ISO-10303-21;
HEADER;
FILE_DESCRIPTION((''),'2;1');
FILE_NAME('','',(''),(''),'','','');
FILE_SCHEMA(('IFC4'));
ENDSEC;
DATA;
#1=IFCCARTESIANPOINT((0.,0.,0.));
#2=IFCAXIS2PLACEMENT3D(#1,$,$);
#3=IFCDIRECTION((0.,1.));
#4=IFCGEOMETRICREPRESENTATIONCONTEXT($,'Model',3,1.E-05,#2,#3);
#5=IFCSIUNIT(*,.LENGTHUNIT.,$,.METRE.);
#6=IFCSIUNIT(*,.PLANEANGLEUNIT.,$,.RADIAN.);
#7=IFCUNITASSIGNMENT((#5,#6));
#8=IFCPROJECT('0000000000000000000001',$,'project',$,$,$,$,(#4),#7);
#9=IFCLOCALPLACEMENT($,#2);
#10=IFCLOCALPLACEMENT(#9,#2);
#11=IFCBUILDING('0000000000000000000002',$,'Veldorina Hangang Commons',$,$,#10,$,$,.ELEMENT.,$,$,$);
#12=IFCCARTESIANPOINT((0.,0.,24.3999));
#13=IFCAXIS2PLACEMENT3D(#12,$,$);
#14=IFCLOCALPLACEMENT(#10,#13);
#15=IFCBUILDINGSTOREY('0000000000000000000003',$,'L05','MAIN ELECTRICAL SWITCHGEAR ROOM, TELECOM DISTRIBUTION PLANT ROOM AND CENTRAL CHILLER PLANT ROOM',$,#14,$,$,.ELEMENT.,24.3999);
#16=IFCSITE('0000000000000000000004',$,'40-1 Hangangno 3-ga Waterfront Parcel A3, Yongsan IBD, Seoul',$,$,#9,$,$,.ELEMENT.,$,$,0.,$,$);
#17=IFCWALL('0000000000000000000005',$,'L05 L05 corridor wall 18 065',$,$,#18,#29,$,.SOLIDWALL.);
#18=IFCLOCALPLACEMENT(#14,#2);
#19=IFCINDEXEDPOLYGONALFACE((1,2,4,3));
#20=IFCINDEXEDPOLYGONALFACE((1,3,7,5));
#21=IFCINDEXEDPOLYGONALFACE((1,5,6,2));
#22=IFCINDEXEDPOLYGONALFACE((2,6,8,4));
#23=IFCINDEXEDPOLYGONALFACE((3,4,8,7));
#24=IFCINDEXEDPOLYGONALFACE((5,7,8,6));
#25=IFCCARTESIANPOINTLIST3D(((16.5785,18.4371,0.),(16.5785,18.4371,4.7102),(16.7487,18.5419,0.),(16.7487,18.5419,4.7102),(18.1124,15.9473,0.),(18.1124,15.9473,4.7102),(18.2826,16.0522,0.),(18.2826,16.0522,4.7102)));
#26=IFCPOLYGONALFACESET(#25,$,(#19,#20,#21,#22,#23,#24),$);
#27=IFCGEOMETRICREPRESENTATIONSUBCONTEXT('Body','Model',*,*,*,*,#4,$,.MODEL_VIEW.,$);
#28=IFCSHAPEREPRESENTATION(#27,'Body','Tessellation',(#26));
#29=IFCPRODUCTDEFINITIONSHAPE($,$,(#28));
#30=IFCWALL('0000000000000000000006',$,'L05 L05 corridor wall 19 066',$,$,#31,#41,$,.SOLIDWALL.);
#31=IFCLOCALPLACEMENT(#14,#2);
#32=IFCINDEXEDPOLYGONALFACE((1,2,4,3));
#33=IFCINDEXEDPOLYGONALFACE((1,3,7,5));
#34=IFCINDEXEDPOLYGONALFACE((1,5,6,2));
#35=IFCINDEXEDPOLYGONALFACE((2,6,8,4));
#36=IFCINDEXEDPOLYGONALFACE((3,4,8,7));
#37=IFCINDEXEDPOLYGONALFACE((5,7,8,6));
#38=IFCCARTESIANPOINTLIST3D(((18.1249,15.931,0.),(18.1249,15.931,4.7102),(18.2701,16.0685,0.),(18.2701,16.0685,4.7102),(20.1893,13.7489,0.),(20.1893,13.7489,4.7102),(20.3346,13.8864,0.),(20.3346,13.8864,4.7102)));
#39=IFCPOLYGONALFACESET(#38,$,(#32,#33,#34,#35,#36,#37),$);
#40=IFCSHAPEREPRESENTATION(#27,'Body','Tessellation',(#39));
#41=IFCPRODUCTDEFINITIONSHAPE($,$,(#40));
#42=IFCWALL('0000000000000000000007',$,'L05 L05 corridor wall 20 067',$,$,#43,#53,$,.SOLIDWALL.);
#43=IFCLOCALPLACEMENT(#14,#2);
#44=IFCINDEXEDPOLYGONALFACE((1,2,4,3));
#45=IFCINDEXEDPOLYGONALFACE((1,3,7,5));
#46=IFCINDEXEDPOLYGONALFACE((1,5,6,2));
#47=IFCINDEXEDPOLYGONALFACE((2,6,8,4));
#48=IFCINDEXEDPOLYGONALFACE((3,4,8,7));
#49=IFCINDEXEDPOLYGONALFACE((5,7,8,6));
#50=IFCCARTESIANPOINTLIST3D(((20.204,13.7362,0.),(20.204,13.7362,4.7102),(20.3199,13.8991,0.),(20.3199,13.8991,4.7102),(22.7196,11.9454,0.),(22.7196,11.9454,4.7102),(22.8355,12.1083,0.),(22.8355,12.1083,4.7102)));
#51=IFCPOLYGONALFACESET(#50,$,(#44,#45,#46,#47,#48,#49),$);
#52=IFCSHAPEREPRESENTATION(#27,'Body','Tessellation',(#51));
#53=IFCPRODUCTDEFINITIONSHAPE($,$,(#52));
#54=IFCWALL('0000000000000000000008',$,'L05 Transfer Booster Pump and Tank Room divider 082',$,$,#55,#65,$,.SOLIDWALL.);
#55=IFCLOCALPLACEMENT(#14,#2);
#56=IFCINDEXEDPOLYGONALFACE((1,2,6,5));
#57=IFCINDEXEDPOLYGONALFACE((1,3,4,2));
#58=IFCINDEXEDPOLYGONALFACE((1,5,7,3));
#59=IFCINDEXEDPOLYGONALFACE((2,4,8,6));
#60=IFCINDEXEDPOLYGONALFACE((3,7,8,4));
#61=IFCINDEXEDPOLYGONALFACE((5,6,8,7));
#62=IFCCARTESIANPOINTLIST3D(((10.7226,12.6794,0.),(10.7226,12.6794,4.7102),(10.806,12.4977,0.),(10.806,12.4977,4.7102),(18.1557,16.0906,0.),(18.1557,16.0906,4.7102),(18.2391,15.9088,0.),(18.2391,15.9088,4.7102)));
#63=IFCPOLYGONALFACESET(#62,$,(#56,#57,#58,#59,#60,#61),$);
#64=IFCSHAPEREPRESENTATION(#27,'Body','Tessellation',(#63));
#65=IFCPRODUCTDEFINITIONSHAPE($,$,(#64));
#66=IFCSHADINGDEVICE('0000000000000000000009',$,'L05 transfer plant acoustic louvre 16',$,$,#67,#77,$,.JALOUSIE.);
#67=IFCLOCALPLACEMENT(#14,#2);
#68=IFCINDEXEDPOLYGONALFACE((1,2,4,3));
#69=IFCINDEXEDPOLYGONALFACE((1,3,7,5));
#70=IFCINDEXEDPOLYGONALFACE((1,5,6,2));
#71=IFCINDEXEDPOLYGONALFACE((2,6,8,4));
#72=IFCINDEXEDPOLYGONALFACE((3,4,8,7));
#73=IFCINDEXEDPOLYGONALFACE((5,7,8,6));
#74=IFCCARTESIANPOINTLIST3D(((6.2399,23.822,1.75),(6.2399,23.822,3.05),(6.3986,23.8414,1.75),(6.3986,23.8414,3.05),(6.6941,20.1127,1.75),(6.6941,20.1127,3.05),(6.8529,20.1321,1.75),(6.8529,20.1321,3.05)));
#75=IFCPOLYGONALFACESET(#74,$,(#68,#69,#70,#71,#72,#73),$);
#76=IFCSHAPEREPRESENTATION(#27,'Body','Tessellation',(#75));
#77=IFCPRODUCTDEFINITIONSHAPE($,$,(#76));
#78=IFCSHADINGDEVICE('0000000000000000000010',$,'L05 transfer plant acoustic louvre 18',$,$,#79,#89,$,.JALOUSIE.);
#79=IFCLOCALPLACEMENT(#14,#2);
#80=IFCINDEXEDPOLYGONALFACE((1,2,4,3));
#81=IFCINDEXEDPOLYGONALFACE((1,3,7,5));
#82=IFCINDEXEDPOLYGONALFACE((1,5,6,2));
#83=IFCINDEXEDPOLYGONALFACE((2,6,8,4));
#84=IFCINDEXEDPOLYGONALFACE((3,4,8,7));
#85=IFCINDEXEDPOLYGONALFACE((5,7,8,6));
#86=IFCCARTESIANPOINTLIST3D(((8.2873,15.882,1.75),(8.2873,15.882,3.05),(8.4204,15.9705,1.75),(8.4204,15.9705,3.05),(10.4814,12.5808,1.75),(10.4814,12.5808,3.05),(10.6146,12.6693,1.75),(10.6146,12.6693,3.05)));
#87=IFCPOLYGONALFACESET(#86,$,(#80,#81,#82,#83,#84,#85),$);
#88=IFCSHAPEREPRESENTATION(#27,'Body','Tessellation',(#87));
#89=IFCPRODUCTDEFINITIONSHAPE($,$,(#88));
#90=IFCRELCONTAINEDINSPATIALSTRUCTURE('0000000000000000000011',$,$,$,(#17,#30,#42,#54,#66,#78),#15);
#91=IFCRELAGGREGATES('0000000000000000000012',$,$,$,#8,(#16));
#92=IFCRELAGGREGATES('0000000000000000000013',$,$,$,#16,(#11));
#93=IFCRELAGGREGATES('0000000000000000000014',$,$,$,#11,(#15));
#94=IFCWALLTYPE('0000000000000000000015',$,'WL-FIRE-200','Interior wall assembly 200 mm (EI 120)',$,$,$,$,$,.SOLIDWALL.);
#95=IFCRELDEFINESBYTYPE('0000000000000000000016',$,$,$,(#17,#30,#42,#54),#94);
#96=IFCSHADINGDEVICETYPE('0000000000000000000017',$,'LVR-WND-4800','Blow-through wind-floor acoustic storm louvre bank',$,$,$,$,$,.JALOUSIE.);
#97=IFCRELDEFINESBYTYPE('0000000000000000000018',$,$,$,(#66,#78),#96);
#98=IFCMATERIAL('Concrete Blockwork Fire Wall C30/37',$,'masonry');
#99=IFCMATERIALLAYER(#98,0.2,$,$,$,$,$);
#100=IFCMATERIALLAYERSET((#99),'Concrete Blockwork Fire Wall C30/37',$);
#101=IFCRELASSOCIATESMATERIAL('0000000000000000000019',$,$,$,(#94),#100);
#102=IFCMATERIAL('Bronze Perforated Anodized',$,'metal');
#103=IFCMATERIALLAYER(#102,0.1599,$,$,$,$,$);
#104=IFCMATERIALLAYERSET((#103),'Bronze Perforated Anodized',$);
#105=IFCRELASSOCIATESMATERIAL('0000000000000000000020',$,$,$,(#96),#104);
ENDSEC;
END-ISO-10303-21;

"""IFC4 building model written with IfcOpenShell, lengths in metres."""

from ifc_helpers import new_model, si_unit, direction, frame, frame_2d, origin, origin_2d, place, context, subcontext, project, spatial, rectangle, extrude, material, layer, layer_set, type_object, element, save


model = new_model("IFC4")

# Units and contexts
model_context = context("Model", 3, precision=1e-05, world=origin(), true_north=direction((0.0, 1.0)))
body_context = subcontext(model_context, "Body", "Model", "MODEL_VIEW")
ifc_project = project(units=[si_unit("LENGTHUNIT", "METRE"), si_unit("PLANEANGLEUNIT", "RADIAN")], contexts=[model_context])

# Site, building, storey
site_placement = place(None, origin())
site = spatial("IfcSite", under=ifc_project, at=site_placement, Name="40-1 Hangangno 3-ga Waterfront Parcel A3, Yongsan IBD, Seoul", CompositionType="ELEMENT", RefElevation=0.0)
building_placement = place(site_placement, origin())
building = spatial("IfcBuilding", under=site, at=building_placement, Name="Veldorina Hangang Commons", CompositionType="ELEMENT")
storey_placement = place(building_placement, frame((0.0, 0.0, 24.3999)))
storey = spatial("IfcBuildingStorey", under=building, at=storey_placement, Name="L05", Description="MAIN ELECTRICAL SWITCHGEAR ROOM, TELECOM DISTRIBUTION PLANT ROOM AND CENTRAL CHILLER PLANT ROOM", CompositionType="ELEMENT", Elevation=24.3999)

# Shared definitions
ifc_material_1 = material(Name="Concrete Blockwork Fire Wall C30/37", Category="masonry")
ifc_layer_1 = layer(ifc_material_1, 0.2)
ifc_layer_set_1 = layer_set([ifc_layer_1], Name="Concrete Blockwork Fire Wall C30/37")
wall_type_1 = type_object("IfcWallType", Name="WL-FIRE-200", Description="Interior wall assembly 200 mm (EI 120)", PredefinedType="SOLIDWALL", material=ifc_layer_set_1)

# Walls
wall_1_placement = place(storey_placement, frame((16.6636, 18.4895, 0.0), z_axis=(0.0, 0.0, 1.0), x_axis=(0.52454, -0.851386, 0.0)))
element("IfcWall", 1, at=wall_1_placement, inside=storey, type_object=wall_type_1, Name="L05 L05 corridor wall 18 065", PredefinedType="SOLIDWALL", context=body_context, shape_type="SweptSolid", body=[
    extrude(rectangle(XDim=2.9243, YDim=0.2, at=frame_2d((1.4622, 0.0))), origin(), (0.0, 0.0, 1.0), 4.7102),
])
wall_2_placement = place(storey_placement, frame((18.1975, 15.9998, 0.0), z_axis=(0.0, 0.0, 1.0), x_axis=(0.687249, -0.726422, 0.0)))
element("IfcWall", 2, at=wall_2_placement, inside=storey, type_object=wall_type_1, Name="L05 L05 corridor wall 19 066", PredefinedType="SOLIDWALL", context=body_context, shape_type="SweptSolid", body=[
    extrude(rectangle(XDim=3.0039, YDim=0.2, at=frame_2d((1.502, 0.0))), origin(), (0.0, 0.0, 1.0), 4.7102),
])
wall_3_placement = place(storey_placement, frame((20.262, 13.8176, 0.0), z_axis=(0.0, 0.0, 1.0), x_axis=(0.814667, -0.579929, 0.0)))
element("IfcWall", 3, at=wall_3_placement, inside=storey, type_object=wall_type_1, Name="L05 L05 corridor wall 20 067", PredefinedType="SOLIDWALL", context=body_context, shape_type="SweptSolid", body=[
    extrude(rectangle(XDim=3.0879, YDim=0.2, at=frame_2d((1.5439, 0.0))), origin(), (0.0, 0.0, 1.0), 4.7102),
])
wall_4_placement = place(storey_placement, frame((18.1975, 15.9998, 0.0), z_axis=(0.0, 0.0, 1.0), x_axis=(-0.908866, -0.417088, 0.0)))
element("IfcWall", 4, at=wall_4_placement, inside=storey, type_object=wall_type_1, Name="L05 Transfer Booster Pump and Tank Room divider 082", PredefinedType="SOLIDWALL", context=body_context, shape_type="SweptSolid", body=[
    extrude(rectangle(XDim=8.1785, YDim=0.2, at=frame_2d((4.0894, 0.0))), origin(), (0.0, 0.0, 1.0), 4.7102),
])

# Shading devices
ifc_material_2 = material(Name="Bronze Perforated Anodized", Category="metal")
ifc_layer_2 = layer(ifc_material_2, 0.1599)
ifc_layer_set_2 = layer_set([ifc_layer_2], Name="Bronze Perforated Anodized")
shading_device_type = type_object("IfcShadingDeviceType", Name="LVR-WND-4800", Description="Blow-through wind-floor acoustic storm louvre bank", PredefinedType="JALOUSIE", material=ifc_layer_set_2)
shading_device_1_placement = place(storey_placement, frame((6.5464, 21.9771, 1.75), z_axis=(0.0, 0.0, 1.0), x_axis=(0.12154, -0.992587, 0.0)))
element("IfcShadingDevice", 5, at=shading_device_1_placement, inside=storey, type_object=shading_device_type, Name="L05 transfer plant acoustic louvre 16", PredefinedType="JALOUSIE", context=body_context, shape_type="SweptSolid", body=[
    extrude(rectangle(XDim=3.7371, YDim=0.1599, at=origin_2d()), origin(), (0.0, 0.0, 1.0), 1.3),
])
shading_device_2_placement = place(storey_placement, frame((9.4509, 14.2756, 1.75), z_axis=(0.0, 0.0, 1.0), x_axis=(0.553537, -0.832825, 0.0)))
element("IfcShadingDevice", 6, at=shading_device_2_placement, inside=storey, type_object=shading_device_type, Name="L05 transfer plant acoustic louvre 18", PredefinedType="JALOUSIE", context=body_context, shape_type="SweptSolid", body=[
    extrude(rectangle(XDim=3.9639, YDim=0.1599, at=origin_2d()), origin(), (0.0, 0.0, 1.0), 1.3),
])

save(model, "model.ifc")
